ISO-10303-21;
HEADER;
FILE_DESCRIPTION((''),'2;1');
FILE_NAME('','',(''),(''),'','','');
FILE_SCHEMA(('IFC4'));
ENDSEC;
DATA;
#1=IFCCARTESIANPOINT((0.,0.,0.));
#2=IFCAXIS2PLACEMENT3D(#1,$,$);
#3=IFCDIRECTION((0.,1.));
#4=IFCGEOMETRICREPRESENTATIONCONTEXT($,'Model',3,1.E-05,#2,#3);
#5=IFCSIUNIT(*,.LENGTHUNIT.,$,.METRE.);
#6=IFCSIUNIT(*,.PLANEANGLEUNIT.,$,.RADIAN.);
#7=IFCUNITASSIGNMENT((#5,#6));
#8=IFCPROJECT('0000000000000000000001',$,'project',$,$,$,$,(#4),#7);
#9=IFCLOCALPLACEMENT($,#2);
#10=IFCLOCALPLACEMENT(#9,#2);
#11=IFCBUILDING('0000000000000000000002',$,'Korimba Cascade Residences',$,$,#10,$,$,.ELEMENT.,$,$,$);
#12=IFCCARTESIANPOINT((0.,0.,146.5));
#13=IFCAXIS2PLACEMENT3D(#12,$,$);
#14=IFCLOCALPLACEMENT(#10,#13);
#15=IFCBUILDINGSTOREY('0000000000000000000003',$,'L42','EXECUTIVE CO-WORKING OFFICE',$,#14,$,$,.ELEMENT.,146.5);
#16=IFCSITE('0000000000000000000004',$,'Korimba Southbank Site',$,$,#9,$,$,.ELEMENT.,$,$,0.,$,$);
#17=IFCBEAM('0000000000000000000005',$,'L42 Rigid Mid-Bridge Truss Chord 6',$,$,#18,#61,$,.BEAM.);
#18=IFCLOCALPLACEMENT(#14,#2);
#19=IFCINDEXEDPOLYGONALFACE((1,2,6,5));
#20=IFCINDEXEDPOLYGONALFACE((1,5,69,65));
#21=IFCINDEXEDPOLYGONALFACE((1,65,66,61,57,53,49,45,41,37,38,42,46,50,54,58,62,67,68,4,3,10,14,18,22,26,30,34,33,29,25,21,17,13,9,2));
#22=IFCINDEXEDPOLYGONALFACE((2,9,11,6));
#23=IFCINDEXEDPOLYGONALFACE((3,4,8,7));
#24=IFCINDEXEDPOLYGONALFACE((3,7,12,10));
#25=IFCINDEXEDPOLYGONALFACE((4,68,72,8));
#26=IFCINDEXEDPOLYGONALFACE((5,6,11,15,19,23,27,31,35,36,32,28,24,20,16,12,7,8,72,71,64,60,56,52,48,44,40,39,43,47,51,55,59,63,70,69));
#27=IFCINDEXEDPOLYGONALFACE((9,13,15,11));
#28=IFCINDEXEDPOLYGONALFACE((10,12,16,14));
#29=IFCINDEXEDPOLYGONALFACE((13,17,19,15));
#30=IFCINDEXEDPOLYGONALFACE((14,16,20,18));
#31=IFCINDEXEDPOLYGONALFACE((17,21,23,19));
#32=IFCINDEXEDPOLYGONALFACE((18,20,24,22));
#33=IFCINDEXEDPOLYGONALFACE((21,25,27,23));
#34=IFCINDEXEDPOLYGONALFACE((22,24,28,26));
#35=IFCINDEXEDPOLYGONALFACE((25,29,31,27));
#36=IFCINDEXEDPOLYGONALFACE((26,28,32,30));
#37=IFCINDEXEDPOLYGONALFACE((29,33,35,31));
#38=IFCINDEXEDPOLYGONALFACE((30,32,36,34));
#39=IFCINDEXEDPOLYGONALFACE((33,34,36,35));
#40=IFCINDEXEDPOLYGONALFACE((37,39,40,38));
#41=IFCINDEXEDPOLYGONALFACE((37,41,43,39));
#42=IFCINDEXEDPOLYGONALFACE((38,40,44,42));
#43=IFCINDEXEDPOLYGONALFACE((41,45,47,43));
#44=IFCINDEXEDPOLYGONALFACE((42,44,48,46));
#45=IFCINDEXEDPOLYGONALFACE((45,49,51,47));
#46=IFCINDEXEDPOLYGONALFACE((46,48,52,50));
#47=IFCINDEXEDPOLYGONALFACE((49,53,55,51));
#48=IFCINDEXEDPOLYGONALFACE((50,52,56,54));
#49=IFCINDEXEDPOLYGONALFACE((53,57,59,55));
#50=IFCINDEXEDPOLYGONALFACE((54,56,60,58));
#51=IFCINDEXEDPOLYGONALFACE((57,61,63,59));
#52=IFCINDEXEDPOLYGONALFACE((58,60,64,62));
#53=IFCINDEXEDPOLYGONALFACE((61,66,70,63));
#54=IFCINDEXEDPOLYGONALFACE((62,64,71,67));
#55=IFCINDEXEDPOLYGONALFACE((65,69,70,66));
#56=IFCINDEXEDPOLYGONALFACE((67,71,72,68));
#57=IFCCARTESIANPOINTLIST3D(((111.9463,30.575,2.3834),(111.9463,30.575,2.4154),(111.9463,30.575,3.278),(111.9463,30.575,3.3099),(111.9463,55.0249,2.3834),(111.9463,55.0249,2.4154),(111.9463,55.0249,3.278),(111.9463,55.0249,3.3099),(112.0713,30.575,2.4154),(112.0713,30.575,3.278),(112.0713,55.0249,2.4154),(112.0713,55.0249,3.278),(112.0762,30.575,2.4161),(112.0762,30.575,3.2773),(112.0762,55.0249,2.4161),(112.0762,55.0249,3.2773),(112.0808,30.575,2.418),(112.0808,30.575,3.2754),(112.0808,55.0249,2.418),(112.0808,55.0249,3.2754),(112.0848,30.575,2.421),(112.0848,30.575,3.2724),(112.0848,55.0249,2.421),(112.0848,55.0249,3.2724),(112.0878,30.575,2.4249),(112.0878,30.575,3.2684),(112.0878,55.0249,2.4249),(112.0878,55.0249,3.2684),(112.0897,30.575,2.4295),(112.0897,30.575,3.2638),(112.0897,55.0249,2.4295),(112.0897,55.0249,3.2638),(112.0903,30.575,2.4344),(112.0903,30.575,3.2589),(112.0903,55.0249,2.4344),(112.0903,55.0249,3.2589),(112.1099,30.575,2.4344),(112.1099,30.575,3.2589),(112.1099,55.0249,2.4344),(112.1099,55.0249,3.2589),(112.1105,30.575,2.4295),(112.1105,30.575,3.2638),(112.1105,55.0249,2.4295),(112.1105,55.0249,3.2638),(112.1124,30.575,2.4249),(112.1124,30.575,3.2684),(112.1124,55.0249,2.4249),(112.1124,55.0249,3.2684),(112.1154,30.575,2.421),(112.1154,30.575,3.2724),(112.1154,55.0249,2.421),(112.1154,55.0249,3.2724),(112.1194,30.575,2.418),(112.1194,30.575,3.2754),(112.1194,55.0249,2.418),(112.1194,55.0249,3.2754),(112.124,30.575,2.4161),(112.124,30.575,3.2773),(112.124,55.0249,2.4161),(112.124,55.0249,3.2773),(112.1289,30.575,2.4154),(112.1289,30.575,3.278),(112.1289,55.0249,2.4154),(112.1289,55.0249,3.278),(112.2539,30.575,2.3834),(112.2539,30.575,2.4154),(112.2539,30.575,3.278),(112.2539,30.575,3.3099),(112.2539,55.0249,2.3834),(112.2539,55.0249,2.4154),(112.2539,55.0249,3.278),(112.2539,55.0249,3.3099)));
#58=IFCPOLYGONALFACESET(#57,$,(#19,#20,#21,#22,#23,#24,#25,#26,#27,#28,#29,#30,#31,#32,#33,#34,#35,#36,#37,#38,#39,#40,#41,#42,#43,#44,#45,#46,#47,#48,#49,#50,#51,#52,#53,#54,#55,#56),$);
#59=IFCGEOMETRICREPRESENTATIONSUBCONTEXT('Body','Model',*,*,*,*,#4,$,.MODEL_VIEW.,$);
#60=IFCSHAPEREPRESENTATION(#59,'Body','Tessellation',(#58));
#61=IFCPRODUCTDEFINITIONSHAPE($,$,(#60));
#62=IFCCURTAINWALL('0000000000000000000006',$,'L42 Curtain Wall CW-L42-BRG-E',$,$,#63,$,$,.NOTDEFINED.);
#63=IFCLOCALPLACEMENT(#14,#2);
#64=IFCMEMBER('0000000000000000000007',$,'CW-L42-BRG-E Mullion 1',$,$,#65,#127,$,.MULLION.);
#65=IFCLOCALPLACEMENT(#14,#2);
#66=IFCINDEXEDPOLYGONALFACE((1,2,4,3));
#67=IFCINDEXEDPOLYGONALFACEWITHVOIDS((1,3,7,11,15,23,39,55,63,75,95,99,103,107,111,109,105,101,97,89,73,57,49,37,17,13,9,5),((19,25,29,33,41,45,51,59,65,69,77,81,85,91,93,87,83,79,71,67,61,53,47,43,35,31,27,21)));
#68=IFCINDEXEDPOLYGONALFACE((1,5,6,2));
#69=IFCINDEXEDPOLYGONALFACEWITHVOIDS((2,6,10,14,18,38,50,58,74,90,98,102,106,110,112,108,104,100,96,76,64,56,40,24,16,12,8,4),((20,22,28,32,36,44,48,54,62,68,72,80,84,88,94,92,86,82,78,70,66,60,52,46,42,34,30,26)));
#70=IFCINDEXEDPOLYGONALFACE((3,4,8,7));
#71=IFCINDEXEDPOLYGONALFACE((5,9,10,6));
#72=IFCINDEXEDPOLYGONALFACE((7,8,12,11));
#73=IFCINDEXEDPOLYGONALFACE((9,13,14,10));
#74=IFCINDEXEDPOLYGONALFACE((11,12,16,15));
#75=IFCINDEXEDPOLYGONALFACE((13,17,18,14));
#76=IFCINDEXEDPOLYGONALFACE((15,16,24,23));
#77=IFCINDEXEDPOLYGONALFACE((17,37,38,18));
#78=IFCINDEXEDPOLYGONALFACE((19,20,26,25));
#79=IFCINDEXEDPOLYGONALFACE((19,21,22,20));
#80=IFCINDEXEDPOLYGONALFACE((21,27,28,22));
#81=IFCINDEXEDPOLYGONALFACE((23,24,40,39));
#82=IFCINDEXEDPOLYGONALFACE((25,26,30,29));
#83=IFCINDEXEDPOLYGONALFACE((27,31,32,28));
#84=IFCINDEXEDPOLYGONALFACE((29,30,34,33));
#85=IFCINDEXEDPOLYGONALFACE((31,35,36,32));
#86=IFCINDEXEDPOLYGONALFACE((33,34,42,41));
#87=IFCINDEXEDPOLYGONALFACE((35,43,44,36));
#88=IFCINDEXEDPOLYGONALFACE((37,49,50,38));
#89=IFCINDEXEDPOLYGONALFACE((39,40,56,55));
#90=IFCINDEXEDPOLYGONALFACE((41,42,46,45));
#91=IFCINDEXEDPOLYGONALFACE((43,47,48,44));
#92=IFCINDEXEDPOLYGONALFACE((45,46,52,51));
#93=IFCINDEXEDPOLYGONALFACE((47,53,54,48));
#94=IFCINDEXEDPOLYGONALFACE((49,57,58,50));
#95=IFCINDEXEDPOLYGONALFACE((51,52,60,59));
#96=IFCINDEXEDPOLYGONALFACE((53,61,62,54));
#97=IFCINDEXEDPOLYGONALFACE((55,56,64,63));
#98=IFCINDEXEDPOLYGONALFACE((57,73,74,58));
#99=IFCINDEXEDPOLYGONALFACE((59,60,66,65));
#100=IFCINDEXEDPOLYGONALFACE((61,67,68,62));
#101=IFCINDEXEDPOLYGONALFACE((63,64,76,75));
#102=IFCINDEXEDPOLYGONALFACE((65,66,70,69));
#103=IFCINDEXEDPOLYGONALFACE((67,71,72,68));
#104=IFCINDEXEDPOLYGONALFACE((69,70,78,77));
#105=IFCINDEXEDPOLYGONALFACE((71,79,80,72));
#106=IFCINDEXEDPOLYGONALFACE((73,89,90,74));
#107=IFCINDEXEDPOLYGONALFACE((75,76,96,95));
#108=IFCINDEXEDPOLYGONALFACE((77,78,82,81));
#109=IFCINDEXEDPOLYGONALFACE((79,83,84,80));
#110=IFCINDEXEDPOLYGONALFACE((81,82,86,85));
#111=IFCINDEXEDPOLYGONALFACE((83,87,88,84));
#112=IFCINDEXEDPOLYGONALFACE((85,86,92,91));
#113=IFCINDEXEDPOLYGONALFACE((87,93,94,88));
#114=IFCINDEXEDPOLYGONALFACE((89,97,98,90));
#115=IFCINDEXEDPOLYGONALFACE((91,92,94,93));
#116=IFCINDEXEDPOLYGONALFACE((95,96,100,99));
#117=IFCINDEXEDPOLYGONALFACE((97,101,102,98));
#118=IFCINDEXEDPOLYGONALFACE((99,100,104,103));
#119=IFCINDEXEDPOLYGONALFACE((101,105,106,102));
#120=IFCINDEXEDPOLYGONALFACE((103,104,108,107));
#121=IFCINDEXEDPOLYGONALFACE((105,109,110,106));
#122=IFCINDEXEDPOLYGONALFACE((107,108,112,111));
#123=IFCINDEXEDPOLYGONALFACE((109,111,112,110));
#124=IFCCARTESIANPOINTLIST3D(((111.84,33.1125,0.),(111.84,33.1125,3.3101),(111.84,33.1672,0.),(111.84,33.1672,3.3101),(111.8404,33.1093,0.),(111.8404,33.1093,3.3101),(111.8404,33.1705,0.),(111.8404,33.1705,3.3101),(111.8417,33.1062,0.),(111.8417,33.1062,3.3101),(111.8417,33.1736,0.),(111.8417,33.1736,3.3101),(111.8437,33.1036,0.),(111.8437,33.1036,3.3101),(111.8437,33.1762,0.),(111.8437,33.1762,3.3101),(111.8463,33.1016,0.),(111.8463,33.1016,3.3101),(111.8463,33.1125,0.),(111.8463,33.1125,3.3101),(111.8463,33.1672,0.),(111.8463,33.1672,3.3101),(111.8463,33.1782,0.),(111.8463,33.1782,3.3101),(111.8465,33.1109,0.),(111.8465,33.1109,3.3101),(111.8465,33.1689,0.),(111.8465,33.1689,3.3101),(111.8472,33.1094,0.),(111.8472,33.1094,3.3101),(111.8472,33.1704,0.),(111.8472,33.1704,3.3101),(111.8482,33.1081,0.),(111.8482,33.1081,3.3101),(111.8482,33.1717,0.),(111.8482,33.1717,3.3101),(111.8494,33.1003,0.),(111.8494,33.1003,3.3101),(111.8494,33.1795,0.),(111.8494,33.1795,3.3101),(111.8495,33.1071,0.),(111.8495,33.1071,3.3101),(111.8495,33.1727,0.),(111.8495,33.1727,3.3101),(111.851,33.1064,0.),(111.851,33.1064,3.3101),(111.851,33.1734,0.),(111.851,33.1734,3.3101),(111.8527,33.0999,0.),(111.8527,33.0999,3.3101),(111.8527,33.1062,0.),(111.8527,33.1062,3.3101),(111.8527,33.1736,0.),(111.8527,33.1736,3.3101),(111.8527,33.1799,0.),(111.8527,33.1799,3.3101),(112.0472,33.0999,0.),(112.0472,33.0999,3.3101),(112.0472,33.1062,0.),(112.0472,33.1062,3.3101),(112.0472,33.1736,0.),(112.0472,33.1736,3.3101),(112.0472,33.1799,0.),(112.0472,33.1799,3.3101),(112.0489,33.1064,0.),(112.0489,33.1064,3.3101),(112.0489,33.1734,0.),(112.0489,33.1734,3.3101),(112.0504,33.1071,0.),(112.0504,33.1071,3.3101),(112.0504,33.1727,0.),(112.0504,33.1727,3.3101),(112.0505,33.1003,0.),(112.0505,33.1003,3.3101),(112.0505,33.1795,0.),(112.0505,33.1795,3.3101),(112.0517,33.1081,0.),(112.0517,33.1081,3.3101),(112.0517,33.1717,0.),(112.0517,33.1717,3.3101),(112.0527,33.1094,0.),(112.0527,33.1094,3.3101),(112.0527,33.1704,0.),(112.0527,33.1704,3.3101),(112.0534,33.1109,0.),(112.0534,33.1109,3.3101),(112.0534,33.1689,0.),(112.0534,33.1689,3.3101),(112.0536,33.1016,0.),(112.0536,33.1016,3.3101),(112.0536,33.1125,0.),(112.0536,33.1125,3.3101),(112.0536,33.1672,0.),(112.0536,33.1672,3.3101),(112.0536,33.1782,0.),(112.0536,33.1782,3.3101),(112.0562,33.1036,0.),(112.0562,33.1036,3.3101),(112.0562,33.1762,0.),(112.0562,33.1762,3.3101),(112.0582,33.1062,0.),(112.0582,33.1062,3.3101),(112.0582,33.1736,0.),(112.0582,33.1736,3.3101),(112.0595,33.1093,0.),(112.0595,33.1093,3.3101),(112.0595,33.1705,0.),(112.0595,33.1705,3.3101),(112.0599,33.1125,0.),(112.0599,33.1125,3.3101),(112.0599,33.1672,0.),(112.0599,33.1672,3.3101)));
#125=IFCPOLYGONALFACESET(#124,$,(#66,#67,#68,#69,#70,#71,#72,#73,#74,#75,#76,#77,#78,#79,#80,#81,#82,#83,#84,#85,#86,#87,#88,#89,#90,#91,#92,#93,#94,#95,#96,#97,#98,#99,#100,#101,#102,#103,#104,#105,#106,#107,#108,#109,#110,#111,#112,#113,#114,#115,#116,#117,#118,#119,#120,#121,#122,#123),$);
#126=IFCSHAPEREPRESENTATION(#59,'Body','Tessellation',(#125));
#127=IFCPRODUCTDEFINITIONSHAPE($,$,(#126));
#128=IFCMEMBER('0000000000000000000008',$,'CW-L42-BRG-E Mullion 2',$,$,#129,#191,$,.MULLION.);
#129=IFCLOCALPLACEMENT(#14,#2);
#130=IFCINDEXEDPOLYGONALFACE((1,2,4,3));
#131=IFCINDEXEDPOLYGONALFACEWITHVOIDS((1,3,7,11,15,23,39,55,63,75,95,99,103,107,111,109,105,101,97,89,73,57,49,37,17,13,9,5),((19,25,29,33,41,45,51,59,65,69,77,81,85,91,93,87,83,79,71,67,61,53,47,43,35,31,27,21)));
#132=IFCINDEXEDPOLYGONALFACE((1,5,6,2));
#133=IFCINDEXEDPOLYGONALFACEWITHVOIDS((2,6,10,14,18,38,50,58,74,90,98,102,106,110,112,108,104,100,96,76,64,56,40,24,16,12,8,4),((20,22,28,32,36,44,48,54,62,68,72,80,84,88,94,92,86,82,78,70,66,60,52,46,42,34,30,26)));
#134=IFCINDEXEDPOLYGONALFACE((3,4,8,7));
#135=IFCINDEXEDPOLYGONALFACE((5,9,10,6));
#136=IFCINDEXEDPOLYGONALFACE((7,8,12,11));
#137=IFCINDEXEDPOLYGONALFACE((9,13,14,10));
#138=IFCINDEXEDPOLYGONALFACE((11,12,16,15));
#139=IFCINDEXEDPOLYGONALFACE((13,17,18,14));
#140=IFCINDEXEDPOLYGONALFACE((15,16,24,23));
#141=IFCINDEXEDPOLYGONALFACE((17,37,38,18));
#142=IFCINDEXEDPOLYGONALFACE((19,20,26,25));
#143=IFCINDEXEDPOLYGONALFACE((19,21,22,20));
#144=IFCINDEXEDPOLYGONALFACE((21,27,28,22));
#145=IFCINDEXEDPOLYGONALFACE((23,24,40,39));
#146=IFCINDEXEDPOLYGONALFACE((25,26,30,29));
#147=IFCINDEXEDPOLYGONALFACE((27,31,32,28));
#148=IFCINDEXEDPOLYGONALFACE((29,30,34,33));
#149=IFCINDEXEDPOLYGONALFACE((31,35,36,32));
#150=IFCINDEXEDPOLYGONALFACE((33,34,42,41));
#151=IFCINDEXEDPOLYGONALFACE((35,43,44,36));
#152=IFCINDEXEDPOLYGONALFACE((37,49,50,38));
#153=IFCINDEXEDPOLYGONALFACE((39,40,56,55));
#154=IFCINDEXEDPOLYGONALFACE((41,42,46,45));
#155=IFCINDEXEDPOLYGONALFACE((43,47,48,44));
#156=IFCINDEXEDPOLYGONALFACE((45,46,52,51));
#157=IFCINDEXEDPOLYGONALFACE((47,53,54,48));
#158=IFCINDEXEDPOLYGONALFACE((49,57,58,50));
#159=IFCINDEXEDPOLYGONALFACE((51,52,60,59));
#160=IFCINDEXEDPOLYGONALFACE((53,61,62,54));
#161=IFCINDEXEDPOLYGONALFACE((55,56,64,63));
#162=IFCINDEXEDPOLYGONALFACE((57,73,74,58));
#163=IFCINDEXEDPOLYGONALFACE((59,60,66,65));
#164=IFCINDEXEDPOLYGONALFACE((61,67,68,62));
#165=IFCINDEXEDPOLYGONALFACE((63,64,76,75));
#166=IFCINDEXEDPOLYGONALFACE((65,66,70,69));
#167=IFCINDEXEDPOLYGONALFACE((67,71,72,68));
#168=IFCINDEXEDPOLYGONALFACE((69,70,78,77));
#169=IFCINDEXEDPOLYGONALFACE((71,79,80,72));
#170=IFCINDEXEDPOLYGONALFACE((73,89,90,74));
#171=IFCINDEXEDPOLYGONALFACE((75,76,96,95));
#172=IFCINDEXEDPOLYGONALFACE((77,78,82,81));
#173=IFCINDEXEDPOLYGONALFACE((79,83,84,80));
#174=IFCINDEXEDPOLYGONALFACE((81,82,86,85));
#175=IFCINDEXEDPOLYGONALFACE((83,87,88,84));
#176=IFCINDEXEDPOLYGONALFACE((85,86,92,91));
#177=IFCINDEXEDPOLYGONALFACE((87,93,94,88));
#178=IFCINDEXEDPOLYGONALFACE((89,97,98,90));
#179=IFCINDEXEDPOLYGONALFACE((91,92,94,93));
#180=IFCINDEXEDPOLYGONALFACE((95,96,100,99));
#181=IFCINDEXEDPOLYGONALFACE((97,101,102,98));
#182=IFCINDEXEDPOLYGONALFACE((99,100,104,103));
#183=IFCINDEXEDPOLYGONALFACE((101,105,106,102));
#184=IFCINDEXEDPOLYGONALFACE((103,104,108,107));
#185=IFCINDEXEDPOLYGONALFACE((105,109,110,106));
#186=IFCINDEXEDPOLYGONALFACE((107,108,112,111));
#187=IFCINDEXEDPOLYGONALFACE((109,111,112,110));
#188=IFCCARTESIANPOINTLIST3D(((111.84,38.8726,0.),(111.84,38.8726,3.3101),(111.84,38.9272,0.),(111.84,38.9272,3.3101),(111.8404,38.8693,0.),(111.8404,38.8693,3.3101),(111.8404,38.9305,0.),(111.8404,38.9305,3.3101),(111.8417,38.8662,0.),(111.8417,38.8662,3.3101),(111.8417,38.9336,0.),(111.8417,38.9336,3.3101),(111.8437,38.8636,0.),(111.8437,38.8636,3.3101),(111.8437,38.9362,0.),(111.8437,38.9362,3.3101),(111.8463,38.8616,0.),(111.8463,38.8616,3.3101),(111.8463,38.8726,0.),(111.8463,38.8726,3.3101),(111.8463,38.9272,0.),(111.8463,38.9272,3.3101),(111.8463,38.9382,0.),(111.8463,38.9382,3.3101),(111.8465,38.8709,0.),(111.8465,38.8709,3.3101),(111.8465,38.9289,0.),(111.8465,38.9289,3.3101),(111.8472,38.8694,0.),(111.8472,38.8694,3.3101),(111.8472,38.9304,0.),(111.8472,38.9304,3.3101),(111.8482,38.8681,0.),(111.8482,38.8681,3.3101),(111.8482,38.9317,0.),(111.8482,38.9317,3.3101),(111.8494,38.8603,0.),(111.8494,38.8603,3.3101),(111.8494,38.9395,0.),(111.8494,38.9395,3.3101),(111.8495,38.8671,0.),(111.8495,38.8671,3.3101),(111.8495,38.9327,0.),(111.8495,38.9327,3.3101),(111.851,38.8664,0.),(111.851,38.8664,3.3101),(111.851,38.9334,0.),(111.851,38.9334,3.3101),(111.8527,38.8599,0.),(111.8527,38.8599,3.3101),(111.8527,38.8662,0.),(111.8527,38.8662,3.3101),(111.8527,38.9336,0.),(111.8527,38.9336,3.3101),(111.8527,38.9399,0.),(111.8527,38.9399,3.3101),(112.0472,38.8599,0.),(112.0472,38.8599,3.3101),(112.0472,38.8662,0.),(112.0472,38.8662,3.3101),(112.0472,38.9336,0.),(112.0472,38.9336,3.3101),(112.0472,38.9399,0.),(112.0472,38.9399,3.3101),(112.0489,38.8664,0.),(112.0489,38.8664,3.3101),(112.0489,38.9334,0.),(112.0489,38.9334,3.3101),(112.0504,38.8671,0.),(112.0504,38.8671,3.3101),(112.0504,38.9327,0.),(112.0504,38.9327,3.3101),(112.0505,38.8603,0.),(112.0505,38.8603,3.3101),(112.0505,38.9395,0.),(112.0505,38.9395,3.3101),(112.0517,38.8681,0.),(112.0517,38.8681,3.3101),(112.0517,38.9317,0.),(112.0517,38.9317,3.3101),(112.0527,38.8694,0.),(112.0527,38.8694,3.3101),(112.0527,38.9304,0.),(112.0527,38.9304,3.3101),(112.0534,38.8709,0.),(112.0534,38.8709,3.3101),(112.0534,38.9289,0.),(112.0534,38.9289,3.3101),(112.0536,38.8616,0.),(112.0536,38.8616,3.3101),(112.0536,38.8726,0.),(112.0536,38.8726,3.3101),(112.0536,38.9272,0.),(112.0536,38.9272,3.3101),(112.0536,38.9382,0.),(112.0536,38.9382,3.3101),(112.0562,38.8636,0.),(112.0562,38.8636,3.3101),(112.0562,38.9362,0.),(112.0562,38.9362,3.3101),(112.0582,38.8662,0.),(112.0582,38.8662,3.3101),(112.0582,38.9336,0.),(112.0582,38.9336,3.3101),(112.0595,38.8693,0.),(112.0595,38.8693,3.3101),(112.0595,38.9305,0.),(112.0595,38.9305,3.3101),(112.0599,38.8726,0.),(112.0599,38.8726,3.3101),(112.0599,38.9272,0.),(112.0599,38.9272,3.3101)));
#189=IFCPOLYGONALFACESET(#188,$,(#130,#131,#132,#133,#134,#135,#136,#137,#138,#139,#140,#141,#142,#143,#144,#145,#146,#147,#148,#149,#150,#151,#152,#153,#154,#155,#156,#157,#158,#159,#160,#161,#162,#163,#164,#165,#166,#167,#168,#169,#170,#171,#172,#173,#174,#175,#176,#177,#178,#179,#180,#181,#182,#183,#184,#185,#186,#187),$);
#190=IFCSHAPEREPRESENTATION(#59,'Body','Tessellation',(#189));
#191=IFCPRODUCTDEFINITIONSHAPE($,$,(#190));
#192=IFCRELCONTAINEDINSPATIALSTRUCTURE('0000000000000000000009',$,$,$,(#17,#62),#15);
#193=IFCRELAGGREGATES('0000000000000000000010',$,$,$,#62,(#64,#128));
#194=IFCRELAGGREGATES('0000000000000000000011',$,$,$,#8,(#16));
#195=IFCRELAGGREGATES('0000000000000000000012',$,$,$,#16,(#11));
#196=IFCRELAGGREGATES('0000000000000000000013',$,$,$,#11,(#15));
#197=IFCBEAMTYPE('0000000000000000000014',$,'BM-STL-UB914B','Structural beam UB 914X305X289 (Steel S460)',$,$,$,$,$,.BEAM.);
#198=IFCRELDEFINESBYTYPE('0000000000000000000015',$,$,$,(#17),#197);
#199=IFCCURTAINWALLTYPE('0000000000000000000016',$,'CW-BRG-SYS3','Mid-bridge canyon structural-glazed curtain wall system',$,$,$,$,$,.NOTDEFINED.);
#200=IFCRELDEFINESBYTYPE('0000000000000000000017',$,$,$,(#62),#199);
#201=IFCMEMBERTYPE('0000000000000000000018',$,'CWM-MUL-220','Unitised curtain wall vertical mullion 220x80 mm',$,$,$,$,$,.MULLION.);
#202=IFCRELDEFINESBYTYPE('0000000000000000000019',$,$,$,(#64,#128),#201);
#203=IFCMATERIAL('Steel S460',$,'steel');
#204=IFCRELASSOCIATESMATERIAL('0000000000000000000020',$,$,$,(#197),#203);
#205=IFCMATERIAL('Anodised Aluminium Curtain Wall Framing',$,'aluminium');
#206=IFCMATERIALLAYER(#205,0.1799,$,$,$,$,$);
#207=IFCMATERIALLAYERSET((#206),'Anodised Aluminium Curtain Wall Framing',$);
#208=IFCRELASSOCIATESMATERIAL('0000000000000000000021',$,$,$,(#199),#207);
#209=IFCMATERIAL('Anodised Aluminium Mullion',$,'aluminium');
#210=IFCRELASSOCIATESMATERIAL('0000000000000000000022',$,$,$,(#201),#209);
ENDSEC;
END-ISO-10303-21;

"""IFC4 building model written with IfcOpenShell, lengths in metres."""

from ifc_helpers import new_model, si_unit, direction, frame, origin, origin_2d, place, context, subcontext, project, spatial, hollow_rectangle, i_section, extrude, material, layer, layer_set, material_profile, profile_set, type_object, element, aggregate, save


model = new_model("IFC4")

# Units and contexts
model_context = context("Model", 3, precision=1e-05, world=origin(), true_north=direction((0.0, 1.0)))
body_context = subcontext(model_context, "Body", "Model", "MODEL_VIEW")
ifc_project = project(units=[si_unit("LENGTHUNIT", "METRE"), si_unit("PLANEANGLEUNIT", "RADIAN")], contexts=[model_context])

# Site, building, storey
site_placement = place(None, origin())
site = spatial("IfcSite", under=ifc_project, at=site_placement, Name="Korimba Southbank Site", CompositionType="ELEMENT", RefElevation=0.0)
building_placement = place(site_placement, origin())
building = spatial("IfcBuilding", under=site, at=building_placement, Name="Korimba Cascade Residences", CompositionType="ELEMENT")
storey_placement = place(building_placement, frame((0.0, 0.0, 146.5)))
storey = spatial("IfcBuildingStorey", under=building, at=storey_placement, Name="L42", Description="EXECUTIVE CO-WORKING OFFICE", CompositionType="ELEMENT", Elevation=146.5)

# Beam
ifc_material_1 = material(Name="Steel S460", Category="steel")
ifc_material_profile_1 = material_profile(ifc_material_1, i_section(OverallWidth=0.3076, OverallDepth=0.9265, WebThickness=0.0195, FlangeThickness=0.032, FilletRadius=0.019, at=origin_2d()), Name="Steel S460")
ifc_profile_set_1 = profile_set([ifc_material_profile_1], Name="Steel S460")
beam_type_1 = type_object("IfcBeamType", Name="BM-STL-UB914B", Description="Structural beam UB 914X305X289 (Steel S460)", PredefinedType="BEAM", material=ifc_profile_set_1)
beam_1_placement = place(storey_placement, frame((112.1001, 30.575, 2.8467), z_axis=(0.0, 1.0, 0.0), x_axis=(-1.0, 0.0, 0.0)))
element("IfcBeam", 1, at=beam_1_placement, inside=storey, type_object=beam_type_1, Name="L42 Rigid Mid-Bridge Truss Chord 6", PredefinedType="BEAM", context=body_context, shape_type="SweptSolid", body=[
    extrude(i_section(OverallWidth=0.3076, OverallDepth=0.9265, WebThickness=0.0195, FlangeThickness=0.032, FilletRadius=0.019, at=origin_2d()), origin(), (0.0, 0.0, 1.0), 24.45),
])

# Curtain wall, members
ifc_material_2 = material(Name="Anodised Aluminium Curtain Wall Framing", Category="aluminium")
ifc_layer_1 = layer(ifc_material_2, 0.1799)
ifc_layer_set_1 = layer_set([ifc_layer_1], Name="Anodised Aluminium Curtain Wall Framing")
curtain_wall_type = type_object("IfcCurtainWallType", Name="CW-BRG-SYS3", Description="Mid-bridge canyon structural-glazed curtain wall system", PredefinedType="NOTDEFINED", material=ifc_layer_set_1)
curtain_wall_placement = place(storey_placement, origin())
curtain_wall = element("IfcCurtainWall", 2, at=curtain_wall_placement, inside=storey, type_object=curtain_wall_type, Name="L42 Curtain Wall CW-L42-BRG-E", PredefinedType="NOTDEFINED")
ifc_material_3 = material(Name="Anodised Aluminium Mullion", Category="aluminium")
ifc_material_profile_2 = material_profile(ifc_material_3, hollow_rectangle(XDim=0.0801, YDim=0.22, WallThickness=0.0063, InnerFilletRadius=0.0063, OuterFilletRadius=0.0127, at=origin_2d()), Name="Anodised Aluminium Mullion")
ifc_profile_set_2 = profile_set([ifc_material_profile_2], Name="Anodised Aluminium Mullion")
member_type_1 = type_object("IfcMemberType", Name="CWM-MUL-220", Description="Unitised curtain wall vertical mullion 220x80 mm", PredefinedType="MULLION", material=ifc_profile_set_2)
member_1_placement = place(storey_placement, frame((111.95, 33.1399, 0.0), z_axis=(0.0, 0.0, 1.0), x_axis=(0.0, 1.0, 0.0)))
member_1 = element("IfcMember", 3, at=member_1_placement, type_object=member_type_1, Name="CW-L42-BRG-E Mullion 1", PredefinedType="MULLION", context=body_context, shape_type="SweptSolid", body=[
    extrude(hollow_rectangle(XDim=0.0801, YDim=0.22, WallThickness=0.0063, InnerFilletRadius=0.0063, OuterFilletRadius=0.0127, at=origin_2d()), origin(), (0.0, 0.0, 1.0), 3.3101),
])
member_2_placement = place(storey_placement, frame((111.95, 38.8999, 0.0), z_axis=(0.0, 0.0, 1.0), x_axis=(0.0, 1.0, 0.0)))
member_2 = element("IfcMember", 4, at=member_2_placement, type_object=member_type_1, Name="CW-L42-BRG-E Mullion 2", PredefinedType="MULLION", context=body_context, shape_type="SweptSolid", body=[
    extrude(hollow_rectangle(XDim=0.0801, YDim=0.22, WallThickness=0.0063, InnerFilletRadius=0.0063, OuterFilletRadius=0.0127, at=origin_2d()), origin(), (0.0, 0.0, 1.0), 3.3101),
])

aggregate(curtain_wall, [member_1, member_2])

save(model, "model.ifc")
